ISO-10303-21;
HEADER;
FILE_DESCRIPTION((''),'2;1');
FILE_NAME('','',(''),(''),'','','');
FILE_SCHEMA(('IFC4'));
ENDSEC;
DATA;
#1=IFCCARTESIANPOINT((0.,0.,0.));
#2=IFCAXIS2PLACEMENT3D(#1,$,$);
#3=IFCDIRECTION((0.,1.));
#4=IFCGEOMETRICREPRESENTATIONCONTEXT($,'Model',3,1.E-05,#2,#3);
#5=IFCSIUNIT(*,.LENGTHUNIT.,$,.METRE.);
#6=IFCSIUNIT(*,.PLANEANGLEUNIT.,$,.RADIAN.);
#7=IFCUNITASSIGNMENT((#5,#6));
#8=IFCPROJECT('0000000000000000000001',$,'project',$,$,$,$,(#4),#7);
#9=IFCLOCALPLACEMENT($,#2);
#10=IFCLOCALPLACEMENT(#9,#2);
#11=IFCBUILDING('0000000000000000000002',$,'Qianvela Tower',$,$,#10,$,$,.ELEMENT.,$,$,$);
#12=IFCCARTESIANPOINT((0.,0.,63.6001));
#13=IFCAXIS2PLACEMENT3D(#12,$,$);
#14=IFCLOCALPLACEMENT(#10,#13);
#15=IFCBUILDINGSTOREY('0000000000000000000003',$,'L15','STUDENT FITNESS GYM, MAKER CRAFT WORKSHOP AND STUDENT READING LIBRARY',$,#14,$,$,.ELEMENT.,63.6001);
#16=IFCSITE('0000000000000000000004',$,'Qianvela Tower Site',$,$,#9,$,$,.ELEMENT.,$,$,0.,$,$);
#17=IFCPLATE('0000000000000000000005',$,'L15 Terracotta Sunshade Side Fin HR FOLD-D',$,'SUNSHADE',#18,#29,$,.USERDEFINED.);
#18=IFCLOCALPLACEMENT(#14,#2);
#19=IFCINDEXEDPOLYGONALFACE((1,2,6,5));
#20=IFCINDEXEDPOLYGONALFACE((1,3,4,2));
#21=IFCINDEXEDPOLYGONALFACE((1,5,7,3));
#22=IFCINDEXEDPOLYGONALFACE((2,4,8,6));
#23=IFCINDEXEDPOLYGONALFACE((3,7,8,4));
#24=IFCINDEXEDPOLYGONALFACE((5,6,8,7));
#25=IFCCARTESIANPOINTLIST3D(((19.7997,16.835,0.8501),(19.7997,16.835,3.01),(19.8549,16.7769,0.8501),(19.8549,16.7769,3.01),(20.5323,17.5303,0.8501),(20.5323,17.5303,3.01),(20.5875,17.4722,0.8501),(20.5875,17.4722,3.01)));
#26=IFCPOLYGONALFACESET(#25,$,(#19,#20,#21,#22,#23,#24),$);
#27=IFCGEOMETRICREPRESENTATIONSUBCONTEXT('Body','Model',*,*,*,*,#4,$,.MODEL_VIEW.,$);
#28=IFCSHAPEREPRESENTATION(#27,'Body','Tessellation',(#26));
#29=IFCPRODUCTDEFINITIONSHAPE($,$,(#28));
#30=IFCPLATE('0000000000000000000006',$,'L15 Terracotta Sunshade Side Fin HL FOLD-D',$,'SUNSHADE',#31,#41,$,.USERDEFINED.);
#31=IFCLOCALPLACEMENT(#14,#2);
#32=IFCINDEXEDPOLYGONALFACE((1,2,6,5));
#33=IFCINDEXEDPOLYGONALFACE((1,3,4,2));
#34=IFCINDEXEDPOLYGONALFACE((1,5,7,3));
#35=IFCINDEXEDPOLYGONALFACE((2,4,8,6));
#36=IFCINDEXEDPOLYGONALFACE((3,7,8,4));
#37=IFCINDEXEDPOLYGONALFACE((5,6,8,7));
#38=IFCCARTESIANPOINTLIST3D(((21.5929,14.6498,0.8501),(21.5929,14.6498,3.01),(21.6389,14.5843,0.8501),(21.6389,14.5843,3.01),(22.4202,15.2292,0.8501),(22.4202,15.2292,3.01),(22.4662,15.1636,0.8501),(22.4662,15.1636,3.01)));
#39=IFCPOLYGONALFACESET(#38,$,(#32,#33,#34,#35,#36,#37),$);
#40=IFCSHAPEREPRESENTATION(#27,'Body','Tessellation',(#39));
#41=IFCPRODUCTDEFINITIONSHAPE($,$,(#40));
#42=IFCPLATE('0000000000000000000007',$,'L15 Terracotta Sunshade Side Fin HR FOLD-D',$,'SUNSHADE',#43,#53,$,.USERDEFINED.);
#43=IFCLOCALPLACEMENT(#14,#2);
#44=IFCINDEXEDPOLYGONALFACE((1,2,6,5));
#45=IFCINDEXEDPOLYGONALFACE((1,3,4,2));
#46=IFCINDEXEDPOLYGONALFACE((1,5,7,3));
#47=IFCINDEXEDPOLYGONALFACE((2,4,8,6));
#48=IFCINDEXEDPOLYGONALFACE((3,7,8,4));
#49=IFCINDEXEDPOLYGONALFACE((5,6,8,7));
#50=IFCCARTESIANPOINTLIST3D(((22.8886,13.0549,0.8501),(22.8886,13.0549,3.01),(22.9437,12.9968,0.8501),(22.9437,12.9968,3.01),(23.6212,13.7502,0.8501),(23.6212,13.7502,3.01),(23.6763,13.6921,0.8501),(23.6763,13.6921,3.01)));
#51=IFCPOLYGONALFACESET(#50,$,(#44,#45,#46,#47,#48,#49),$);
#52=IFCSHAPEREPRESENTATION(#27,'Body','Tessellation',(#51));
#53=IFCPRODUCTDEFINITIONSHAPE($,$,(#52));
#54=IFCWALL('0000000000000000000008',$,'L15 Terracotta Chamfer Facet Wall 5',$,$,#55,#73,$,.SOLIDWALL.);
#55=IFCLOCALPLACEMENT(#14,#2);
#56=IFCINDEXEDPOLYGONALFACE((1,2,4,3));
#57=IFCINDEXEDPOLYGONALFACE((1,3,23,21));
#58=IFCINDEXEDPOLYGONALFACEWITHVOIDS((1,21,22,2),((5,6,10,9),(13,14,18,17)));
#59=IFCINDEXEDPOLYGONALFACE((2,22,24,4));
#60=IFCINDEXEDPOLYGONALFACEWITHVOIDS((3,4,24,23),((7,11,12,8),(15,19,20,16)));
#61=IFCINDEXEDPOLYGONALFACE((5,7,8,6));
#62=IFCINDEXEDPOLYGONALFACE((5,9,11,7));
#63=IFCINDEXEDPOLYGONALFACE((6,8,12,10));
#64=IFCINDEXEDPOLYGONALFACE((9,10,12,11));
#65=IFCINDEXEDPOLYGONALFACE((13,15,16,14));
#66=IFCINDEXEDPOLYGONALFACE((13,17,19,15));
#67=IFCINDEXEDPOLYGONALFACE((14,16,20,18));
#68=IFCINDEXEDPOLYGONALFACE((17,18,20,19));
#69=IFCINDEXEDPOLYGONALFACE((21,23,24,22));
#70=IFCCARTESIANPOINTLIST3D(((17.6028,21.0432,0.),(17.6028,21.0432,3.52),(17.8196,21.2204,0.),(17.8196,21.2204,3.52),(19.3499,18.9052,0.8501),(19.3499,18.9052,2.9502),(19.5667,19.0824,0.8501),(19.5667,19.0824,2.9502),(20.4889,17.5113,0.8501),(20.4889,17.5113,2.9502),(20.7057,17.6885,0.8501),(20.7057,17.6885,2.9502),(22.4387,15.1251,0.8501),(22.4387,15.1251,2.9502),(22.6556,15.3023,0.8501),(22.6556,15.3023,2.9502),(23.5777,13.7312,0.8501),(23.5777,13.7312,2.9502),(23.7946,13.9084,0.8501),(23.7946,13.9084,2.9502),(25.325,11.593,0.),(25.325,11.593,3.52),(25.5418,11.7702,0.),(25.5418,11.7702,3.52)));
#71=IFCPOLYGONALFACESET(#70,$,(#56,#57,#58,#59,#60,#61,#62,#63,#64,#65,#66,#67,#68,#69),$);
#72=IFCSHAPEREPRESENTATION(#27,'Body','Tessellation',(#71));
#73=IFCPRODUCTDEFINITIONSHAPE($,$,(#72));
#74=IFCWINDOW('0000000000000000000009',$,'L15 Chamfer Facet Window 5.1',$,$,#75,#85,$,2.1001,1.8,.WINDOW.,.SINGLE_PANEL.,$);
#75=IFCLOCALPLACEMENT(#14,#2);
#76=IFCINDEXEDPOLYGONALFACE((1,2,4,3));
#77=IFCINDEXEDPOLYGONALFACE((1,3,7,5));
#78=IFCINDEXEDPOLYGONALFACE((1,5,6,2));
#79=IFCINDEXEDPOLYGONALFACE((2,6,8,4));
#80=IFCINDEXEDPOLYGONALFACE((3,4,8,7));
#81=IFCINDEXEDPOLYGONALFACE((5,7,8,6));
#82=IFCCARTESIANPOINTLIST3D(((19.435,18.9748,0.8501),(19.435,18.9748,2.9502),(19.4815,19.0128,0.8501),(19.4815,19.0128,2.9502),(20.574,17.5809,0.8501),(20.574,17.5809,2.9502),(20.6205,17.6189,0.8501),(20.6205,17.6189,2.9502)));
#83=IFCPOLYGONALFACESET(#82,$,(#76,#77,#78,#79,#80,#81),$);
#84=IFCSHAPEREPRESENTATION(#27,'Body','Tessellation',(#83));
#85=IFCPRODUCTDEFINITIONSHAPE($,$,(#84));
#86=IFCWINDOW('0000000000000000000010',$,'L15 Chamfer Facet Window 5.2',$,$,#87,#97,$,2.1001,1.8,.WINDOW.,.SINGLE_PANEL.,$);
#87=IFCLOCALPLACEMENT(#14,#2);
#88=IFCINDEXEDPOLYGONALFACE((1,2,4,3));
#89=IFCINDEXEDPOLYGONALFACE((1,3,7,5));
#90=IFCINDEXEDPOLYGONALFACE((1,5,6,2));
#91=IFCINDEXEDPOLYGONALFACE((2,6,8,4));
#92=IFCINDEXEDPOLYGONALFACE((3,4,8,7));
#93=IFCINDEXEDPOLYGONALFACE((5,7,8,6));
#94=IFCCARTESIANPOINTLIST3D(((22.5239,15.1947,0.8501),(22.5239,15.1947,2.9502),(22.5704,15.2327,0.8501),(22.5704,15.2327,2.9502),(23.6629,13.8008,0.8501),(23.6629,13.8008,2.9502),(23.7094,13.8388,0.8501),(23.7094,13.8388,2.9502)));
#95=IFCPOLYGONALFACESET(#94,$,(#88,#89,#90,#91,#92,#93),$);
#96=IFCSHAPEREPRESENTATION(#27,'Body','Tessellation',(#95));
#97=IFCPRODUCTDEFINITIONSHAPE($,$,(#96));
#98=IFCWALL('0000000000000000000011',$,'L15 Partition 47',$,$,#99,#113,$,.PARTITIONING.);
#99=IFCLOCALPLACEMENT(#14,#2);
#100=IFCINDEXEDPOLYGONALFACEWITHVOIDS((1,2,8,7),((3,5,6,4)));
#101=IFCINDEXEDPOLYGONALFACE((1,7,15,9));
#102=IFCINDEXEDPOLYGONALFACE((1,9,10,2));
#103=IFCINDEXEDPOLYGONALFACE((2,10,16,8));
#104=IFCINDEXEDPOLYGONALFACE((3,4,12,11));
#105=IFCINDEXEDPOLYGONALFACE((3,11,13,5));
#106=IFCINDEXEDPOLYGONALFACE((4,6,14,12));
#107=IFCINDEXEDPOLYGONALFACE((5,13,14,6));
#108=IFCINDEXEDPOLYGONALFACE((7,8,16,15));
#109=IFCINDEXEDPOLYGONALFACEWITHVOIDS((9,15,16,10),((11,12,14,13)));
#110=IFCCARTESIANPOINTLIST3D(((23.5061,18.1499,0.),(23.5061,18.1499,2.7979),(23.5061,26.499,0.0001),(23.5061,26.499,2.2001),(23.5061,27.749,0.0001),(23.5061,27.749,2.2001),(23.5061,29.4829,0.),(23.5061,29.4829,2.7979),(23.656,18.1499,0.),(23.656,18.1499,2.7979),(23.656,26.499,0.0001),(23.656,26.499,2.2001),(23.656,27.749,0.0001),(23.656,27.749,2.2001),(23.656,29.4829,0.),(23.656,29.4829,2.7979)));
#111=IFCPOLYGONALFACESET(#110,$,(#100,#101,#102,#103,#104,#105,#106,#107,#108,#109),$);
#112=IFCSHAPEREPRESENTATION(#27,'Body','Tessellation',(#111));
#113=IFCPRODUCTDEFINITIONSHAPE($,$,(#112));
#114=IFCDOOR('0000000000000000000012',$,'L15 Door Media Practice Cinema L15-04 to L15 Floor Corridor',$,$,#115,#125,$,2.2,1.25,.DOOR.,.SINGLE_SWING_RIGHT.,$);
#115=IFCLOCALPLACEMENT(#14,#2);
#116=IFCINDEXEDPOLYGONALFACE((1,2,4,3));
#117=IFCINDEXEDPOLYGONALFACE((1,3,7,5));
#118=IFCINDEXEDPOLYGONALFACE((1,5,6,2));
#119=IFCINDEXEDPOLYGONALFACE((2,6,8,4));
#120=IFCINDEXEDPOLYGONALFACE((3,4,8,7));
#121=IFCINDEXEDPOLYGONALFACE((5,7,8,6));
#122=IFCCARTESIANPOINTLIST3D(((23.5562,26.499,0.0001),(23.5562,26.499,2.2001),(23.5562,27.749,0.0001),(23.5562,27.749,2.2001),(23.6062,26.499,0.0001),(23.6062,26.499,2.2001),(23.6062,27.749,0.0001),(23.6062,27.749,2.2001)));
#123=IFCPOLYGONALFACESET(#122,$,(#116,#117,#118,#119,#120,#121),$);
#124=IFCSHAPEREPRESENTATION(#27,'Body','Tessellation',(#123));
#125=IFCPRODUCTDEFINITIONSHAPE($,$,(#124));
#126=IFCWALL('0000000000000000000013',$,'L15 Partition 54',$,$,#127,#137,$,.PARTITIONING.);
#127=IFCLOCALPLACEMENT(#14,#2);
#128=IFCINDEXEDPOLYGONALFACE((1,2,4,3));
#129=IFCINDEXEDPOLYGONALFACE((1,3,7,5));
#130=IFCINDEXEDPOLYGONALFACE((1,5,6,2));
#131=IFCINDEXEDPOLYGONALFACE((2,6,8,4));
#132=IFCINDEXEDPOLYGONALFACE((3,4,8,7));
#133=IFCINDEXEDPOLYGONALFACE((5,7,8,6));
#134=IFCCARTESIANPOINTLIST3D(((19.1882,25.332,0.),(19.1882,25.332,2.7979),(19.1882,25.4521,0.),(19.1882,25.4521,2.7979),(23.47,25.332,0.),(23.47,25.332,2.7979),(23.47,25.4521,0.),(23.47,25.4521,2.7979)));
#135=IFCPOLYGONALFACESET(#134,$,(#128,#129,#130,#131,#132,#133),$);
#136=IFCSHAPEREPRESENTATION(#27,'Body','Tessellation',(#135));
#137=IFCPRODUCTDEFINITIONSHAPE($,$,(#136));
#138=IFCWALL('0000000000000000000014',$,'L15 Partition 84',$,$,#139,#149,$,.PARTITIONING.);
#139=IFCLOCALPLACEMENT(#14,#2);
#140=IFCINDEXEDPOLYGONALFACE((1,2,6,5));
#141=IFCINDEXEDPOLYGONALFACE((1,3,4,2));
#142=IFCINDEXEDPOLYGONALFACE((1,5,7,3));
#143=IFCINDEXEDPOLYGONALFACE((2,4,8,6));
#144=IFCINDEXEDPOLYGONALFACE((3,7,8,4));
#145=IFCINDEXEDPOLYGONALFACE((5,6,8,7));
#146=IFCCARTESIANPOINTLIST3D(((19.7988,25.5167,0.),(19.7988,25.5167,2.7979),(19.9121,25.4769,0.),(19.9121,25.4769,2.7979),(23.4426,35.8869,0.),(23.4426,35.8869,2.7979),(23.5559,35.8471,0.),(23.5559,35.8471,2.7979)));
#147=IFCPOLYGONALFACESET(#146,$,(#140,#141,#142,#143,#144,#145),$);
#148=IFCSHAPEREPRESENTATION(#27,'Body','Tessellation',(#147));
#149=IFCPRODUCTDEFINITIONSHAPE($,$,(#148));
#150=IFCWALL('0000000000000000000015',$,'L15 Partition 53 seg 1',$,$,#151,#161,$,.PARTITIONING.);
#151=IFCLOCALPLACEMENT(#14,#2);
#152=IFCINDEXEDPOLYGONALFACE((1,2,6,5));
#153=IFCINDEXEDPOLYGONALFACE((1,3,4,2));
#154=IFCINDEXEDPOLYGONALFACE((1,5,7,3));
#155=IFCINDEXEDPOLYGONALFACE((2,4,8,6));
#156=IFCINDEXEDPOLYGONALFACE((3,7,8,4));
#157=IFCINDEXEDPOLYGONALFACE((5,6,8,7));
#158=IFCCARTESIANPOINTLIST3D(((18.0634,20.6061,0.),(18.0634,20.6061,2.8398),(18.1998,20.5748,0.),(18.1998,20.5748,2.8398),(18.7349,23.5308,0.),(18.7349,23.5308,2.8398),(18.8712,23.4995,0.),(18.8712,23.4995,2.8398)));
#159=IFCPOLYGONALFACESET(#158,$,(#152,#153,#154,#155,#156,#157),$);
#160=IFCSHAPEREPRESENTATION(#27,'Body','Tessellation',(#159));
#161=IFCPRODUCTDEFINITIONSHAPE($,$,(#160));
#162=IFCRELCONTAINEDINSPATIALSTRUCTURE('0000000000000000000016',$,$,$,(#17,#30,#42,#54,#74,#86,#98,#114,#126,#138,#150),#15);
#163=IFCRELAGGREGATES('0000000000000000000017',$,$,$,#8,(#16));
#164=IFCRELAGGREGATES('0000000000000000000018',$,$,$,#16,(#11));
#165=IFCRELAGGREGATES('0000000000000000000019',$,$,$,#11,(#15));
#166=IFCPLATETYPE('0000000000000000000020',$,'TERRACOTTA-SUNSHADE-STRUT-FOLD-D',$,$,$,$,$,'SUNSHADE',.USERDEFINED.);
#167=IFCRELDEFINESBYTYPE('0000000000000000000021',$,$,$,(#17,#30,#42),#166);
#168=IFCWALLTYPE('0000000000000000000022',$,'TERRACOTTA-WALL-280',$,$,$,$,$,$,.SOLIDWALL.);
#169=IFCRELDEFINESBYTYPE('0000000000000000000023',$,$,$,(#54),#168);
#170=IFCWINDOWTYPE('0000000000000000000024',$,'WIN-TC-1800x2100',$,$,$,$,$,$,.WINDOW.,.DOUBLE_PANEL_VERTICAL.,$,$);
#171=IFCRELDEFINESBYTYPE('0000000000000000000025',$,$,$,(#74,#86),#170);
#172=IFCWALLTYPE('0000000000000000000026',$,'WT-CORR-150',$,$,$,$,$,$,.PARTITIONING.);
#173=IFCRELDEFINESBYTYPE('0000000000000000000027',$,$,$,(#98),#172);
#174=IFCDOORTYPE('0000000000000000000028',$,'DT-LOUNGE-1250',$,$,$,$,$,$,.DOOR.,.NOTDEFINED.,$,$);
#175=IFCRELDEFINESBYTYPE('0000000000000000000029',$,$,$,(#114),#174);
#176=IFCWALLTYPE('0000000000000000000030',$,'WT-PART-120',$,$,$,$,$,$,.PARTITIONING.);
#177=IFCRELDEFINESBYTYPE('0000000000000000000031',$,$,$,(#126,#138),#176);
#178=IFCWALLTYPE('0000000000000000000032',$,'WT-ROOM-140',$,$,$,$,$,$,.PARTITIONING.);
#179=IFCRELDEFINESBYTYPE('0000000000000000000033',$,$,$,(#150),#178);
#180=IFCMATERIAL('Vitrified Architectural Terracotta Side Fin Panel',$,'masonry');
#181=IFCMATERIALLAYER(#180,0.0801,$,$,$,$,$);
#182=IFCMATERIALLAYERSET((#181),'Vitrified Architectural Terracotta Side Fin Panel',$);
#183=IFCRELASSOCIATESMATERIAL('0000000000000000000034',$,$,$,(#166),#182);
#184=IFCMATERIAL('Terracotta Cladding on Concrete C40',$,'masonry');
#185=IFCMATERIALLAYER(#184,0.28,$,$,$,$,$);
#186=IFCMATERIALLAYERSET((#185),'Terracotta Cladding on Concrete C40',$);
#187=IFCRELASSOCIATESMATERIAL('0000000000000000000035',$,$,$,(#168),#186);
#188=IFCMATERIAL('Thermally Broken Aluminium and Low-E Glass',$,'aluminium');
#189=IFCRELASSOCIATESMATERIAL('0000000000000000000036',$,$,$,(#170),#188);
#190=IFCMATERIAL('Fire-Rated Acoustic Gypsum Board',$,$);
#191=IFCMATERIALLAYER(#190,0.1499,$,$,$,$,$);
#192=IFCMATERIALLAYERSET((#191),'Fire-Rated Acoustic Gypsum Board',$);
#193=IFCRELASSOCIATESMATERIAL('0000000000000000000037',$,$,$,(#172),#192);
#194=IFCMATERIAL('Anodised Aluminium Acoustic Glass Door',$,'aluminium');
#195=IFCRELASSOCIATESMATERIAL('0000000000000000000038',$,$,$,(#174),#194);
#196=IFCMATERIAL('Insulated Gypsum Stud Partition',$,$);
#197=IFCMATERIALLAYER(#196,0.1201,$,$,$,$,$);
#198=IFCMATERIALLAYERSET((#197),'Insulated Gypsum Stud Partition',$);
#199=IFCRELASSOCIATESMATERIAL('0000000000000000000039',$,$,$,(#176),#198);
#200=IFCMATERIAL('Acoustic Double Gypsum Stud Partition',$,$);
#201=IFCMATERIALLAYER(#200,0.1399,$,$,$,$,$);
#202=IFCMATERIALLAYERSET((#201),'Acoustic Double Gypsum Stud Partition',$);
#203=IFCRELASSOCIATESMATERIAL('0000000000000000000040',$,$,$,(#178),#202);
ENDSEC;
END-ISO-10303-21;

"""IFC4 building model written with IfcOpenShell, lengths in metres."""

from ifc_helpers import new_model, si_unit, direction, frame, frame_2d, origin, origin_2d, place, context, subcontext, project, spatial, rectangle, extrude, material, layer, layer_set, type_object, element, fill, save


model = new_model("IFC4")

# Units and contexts
model_context = context("Model", 3, precision=1e-05, world=origin(), true_north=direction((0.0, 1.0)))
body_context = subcontext(model_context, "Body", "Model", "MODEL_VIEW")
ifc_project = project(units=[si_unit("LENGTHUNIT", "METRE"), si_unit("PLANEANGLEUNIT", "RADIAN")], contexts=[model_context])

# Site, building, storey
site_placement = place(None, origin())
site = spatial("IfcSite", under=ifc_project, at=site_placement, Name="Qianvela Tower Site", CompositionType="ELEMENT", RefElevation=0.0)
building_placement = place(site_placement, origin())
building = spatial("IfcBuilding", under=site, at=building_placement, Name="Qianvela Tower", CompositionType="ELEMENT")
storey_placement = place(building_placement, frame((0.0, 0.0, 63.6001)))
storey = spatial("IfcBuildingStorey", under=building, at=storey_placement, Name="L15", Description="STUDENT FITNESS GYM, MAKER CRAFT WORKSHOP AND STUDENT READING LIBRARY", CompositionType="ELEMENT", Elevation=63.6001)

# Plates
ifc_material_1 = material(Name="Vitrified Architectural Terracotta Side Fin Panel", Category="masonry")
ifc_layer_1 = layer(ifc_material_1, 0.0801)
ifc_layer_set_1 = layer_set([ifc_layer_1], Name="Vitrified Architectural Terracotta Side Fin Panel")
plate_type_1 = type_object("IfcPlateType", Name="TERRACOTTA-SUNSHADE-STRUT-FOLD-D", ElementType="SUNSHADE", PredefinedType="USERDEFINED", material=ifc_layer_set_1)
for number, where, z_axis, x_axis, name in (
    (1, (20.1936, 17.1536, 0.8501), (0.0, 0.0, 1.0), (0.688404, -0.725328, 0.0), "L15 Terracotta Sunshade Side Fin HR FOLD-D"),
    (2, (22.0295, 14.9067, 0.8501), (0.0, 0.0, 1.0), (0.573632, -0.819113, 0.0), "L15 Terracotta Sunshade Side Fin HL FOLD-D"),
    (3, (23.2825, 13.3735, 0.8501), (0.0, 0.0, 1.0), (0.688404, -0.725328, 0.0), "L15 Terracotta Sunshade Side Fin HR FOLD-D"),
):
    element("IfcPlate", number, at=place(storey_placement, frame(where, z_axis=z_axis, x_axis=x_axis)), inside=storey, type_object=plate_type_1, Name=name, ObjectType="SUNSHADE", PredefinedType="USERDEFINED", context=body_context, shape_type="SweptSolid", body=[
        extrude(rectangle(XDim=0.0801, YDim=1.01, at=origin_2d()), origin(), (0.0, 0.0, 1.0), 2.1599),
    ])

# Wall, openings, windows
ifc_material_2 = material(Name="Terracotta Cladding on Concrete C40", Category="masonry")
ifc_layer_2 = layer(ifc_material_2, 0.28)
ifc_layer_set_2 = layer_set([ifc_layer_2], Name="Terracotta Cladding on Concrete C40")
wall_type_1 = type_object("IfcWallType", Name="TERRACOTTA-WALL-280", PredefinedType="SOLIDWALL", material=ifc_layer_set_2)
wall_1_placement = place(storey_placement, frame((17.7112, 21.1318, 0.0), z_axis=(0.0, 0.0, 1.0), x_axis=(0.632756, -0.774351, 0.0)))
wall_1 = element("IfcWall", 4, at=wall_1_placement, inside=storey, type_object=wall_type_1, Name="L15 Terracotta Chamfer Facet Wall 5", PredefinedType="SOLIDWALL", context=body_context, shape_type="SweptSolid", body=[
    extrude(rectangle(XDim=12.2041, YDim=0.28, at=frame_2d((6.1021, 0.0))), origin(), (0.0, 0.0, 1.0), 3.52),
])
opening_1_placement = place(wall_1_placement, frame((2.7612, 0.0, 0.8501)))
opening_1 = element("IfcOpeningElement", 5, at=opening_1_placement, cuts=wall_1, PredefinedType="OPENING", context=body_context, shape_type="SweptSolid", body=[
    extrude(rectangle(XDim=1.8, YDim=2.1001, at=frame_2d((0.8999, 1.05))), frame((0.0, 0.1499, 0.0), z_axis=(0.0, -1.0, 0.0), x_axis=(1.0, 0.0, 0.0)), (0.0, 0.0, 1.0), 0.3),
])
opening_2_placement = place(wall_1_placement, frame((7.6428, 0.0, 0.8501)))
opening_2 = element("IfcOpeningElement", 6, at=opening_2_placement, cuts=wall_1, PredefinedType="OPENING", context=body_context, shape_type="SweptSolid", body=[
    extrude(rectangle(XDim=1.8, YDim=2.1001, at=frame_2d((0.8999, 1.05))), frame((0.0, 0.1499, 0.0), z_axis=(0.0, -1.0, 0.0), x_axis=(1.0, 0.0, 0.0)), (0.0, 0.0, 1.0), 0.3),
])
ifc_material_3 = material(Name="Thermally Broken Aluminium and Low-E Glass", Category="aluminium")
window_type = type_object("IfcWindowType", Name="WIN-TC-1800x2100", PartitioningType="DOUBLE_PANEL_VERTICAL", PredefinedType="WINDOW", material=ifc_material_3)
window_1_placement = place(opening_1_placement, origin())
window_1 = element("IfcWindow", 7, at=window_1_placement, inside=storey, type_object=window_type, Name="L15 Chamfer Facet Window 5.1", OverallHeight=2.1001, OverallWidth=1.8, PartitioningType="SINGLE_PANEL", PredefinedType="WINDOW", context=body_context, shape_type="SweptSolid", body=[
    extrude(rectangle(XDim=1.8, YDim=2.1001, at=frame_2d((0.8999, 1.05))), frame((0.0, 0.03, 0.0), z_axis=(0.0, -1.0, 0.0), x_axis=(1.0, 0.0, 0.0)), (0.0, 0.0, 1.0), 0.0601),
])
fill(opening_1, window_1)
window_2_placement = place(opening_2_placement, origin())
window_2 = element("IfcWindow", 8, at=window_2_placement, inside=storey, type_object=window_type, Name="L15 Chamfer Facet Window 5.2", OverallHeight=2.1001, OverallWidth=1.8, PartitioningType="SINGLE_PANEL", PredefinedType="WINDOW", context=body_context, shape_type="SweptSolid", body=[
    extrude(rectangle(XDim=1.8, YDim=2.1001, at=frame_2d((0.8999, 1.05))), frame((0.0, 0.03, 0.0), z_axis=(0.0, -1.0, 0.0), x_axis=(1.0, 0.0, 0.0)), (0.0, 0.0, 1.0), 0.0601),
])
fill(opening_2, window_2)

# Wall, opening, door
ifc_material_4 = material(Name="Fire-Rated Acoustic Gypsum Board")
ifc_layer_3 = layer(ifc_material_4, 0.1499)
ifc_layer_set_3 = layer_set([ifc_layer_3], Name="Fire-Rated Acoustic Gypsum Board")
wall_type_2 = type_object("IfcWallType", Name="WT-CORR-150", PredefinedType="PARTITIONING", material=ifc_layer_set_3)
wall_2_placement = place(storey_placement, frame((23.5811, 18.1499, 0.0), z_axis=(0.0, 0.0, 1.0), x_axis=(0.0, 1.0, 0.0)))
wall_2 = element("IfcWall", 9, at=wall_2_placement, inside=storey, type_object=wall_type_2, Name="L15 Partition 47", PredefinedType="PARTITIONING", context=body_context, shape_type="SweptSolid", body=[
    extrude(rectangle(XDim=11.333, YDim=0.1499, at=frame_2d((5.6665, 0.0))), origin(), (0.0, 0.0, 1.0), 2.7979),
])
opening_3_placement = place(wall_2_placement, frame((8.3491, 0.0, 0.0)))
opening_3 = element("IfcOpeningElement", 10, at=opening_3_placement, cuts=wall_2, PredefinedType="OPENING", context=body_context, shape_type="SweptSolid", body=[
    extrude(rectangle(XDim=1.25, YDim=2.2, at=frame_2d((0.625, 1.1001))), frame((0.0, 0.085, 0.0), z_axis=(0.0, -1.0, 0.0), x_axis=(1.0, 0.0, 0.0)), (0.0, 0.0, 1.0), 0.1699),
])
ifc_material_5 = material(Name="Anodised Aluminium Acoustic Glass Door", Category="aluminium")
door_type = type_object("IfcDoorType", Name="DT-LOUNGE-1250", OperationType="NOTDEFINED", PredefinedType="DOOR", material=ifc_material_5)
door_placement = place(opening_3_placement, origin())
door = element("IfcDoor", 11, at=door_placement, inside=storey, type_object=door_type, Name="L15 Door Media Practice Cinema L15-04 to L15 Floor Corridor", OperationType="SINGLE_SWING_RIGHT", OverallHeight=2.2, OverallWidth=1.25, PredefinedType="DOOR", context=body_context, shape_type="SweptSolid", body=[
    extrude(rectangle(XDim=1.25, YDim=2.2, at=frame_2d((0.625, 1.1001))), frame((0.0, 0.0249, 0.0), z_axis=(0.0, -1.0, 0.0), x_axis=(1.0, 0.0, 0.0)), (0.0, 0.0, 1.0), 0.05),
])
fill(opening_3, door)

# Walls
ifc_material_6 = material(Name="Insulated Gypsum Stud Partition")
ifc_layer_4 = layer(ifc_material_6, 0.1201)
ifc_layer_set_4 = layer_set([ifc_layer_4], Name="Insulated Gypsum Stud Partition")
wall_type_3 = type_object("IfcWallType", Name="WT-PART-120", PredefinedType="PARTITIONING", material=ifc_layer_set_4)
wall_3_placement = place(storey_placement, frame((19.1882, 25.3921, 0.0), z_axis=(0.0, 0.0, 1.0), x_axis=(1.0, 0.0, 0.0)))
element("IfcWall", 12, at=wall_3_placement, inside=storey, type_object=wall_type_3, Name="L15 Partition 54", PredefinedType="PARTITIONING", context=body_context, shape_type="SweptSolid", body=[
    extrude(rectangle(XDim=4.2817, YDim=0.1201, at=frame_2d((2.1409, 0.0))), origin(), (0.0, 0.0, 1.0), 2.7979),
])
wall_4_placement = place(storey_placement, frame((19.8555, 25.4968, 0.0), z_axis=(0.0, 0.0, 1.0), x_axis=(0.331506, 0.943453, 0.0)))
element("IfcWall", 13, at=wall_4_placement, inside=storey, type_object=wall_type_3, Name="L15 Partition 84", PredefinedType="PARTITIONING", context=body_context, shape_type="SweptSolid", body=[
    extrude(rectangle(XDim=10.9917, YDim=0.1201, at=frame_2d((5.4958, 0.0))), origin(), (0.0, 0.0, 1.0), 2.7979),
])
ifc_material_7 = material(Name="Acoustic Double Gypsum Stud Partition")
ifc_layer_5 = layer(ifc_material_7, 0.1399)
ifc_layer_set_5 = layer_set([ifc_layer_5], Name="Acoustic Double Gypsum Stud Partition")
wall_type_4 = type_object("IfcWallType", Name="WT-ROOM-140", PredefinedType="PARTITIONING", material=ifc_layer_set_5)
wall_5_placement = place(storey_placement, frame((18.1316, 20.5903, 0.0), z_axis=(0.0, 0.0, 1.0), x_axis=(0.223748, 0.974647, 0.0)))
element("IfcWall", 14, at=wall_5_placement, inside=storey, type_object=wall_type_4, Name="L15 Partition 53 seg 1", PredefinedType="PARTITIONING", context=body_context, shape_type="SweptSolid", body=[
    extrude(rectangle(XDim=3.0007, YDim=0.1399, at=frame_2d((1.5005, 0.0))), origin(), (0.0, 0.0, 1.0), 2.8398),
])

save(model, "model.ifc")
